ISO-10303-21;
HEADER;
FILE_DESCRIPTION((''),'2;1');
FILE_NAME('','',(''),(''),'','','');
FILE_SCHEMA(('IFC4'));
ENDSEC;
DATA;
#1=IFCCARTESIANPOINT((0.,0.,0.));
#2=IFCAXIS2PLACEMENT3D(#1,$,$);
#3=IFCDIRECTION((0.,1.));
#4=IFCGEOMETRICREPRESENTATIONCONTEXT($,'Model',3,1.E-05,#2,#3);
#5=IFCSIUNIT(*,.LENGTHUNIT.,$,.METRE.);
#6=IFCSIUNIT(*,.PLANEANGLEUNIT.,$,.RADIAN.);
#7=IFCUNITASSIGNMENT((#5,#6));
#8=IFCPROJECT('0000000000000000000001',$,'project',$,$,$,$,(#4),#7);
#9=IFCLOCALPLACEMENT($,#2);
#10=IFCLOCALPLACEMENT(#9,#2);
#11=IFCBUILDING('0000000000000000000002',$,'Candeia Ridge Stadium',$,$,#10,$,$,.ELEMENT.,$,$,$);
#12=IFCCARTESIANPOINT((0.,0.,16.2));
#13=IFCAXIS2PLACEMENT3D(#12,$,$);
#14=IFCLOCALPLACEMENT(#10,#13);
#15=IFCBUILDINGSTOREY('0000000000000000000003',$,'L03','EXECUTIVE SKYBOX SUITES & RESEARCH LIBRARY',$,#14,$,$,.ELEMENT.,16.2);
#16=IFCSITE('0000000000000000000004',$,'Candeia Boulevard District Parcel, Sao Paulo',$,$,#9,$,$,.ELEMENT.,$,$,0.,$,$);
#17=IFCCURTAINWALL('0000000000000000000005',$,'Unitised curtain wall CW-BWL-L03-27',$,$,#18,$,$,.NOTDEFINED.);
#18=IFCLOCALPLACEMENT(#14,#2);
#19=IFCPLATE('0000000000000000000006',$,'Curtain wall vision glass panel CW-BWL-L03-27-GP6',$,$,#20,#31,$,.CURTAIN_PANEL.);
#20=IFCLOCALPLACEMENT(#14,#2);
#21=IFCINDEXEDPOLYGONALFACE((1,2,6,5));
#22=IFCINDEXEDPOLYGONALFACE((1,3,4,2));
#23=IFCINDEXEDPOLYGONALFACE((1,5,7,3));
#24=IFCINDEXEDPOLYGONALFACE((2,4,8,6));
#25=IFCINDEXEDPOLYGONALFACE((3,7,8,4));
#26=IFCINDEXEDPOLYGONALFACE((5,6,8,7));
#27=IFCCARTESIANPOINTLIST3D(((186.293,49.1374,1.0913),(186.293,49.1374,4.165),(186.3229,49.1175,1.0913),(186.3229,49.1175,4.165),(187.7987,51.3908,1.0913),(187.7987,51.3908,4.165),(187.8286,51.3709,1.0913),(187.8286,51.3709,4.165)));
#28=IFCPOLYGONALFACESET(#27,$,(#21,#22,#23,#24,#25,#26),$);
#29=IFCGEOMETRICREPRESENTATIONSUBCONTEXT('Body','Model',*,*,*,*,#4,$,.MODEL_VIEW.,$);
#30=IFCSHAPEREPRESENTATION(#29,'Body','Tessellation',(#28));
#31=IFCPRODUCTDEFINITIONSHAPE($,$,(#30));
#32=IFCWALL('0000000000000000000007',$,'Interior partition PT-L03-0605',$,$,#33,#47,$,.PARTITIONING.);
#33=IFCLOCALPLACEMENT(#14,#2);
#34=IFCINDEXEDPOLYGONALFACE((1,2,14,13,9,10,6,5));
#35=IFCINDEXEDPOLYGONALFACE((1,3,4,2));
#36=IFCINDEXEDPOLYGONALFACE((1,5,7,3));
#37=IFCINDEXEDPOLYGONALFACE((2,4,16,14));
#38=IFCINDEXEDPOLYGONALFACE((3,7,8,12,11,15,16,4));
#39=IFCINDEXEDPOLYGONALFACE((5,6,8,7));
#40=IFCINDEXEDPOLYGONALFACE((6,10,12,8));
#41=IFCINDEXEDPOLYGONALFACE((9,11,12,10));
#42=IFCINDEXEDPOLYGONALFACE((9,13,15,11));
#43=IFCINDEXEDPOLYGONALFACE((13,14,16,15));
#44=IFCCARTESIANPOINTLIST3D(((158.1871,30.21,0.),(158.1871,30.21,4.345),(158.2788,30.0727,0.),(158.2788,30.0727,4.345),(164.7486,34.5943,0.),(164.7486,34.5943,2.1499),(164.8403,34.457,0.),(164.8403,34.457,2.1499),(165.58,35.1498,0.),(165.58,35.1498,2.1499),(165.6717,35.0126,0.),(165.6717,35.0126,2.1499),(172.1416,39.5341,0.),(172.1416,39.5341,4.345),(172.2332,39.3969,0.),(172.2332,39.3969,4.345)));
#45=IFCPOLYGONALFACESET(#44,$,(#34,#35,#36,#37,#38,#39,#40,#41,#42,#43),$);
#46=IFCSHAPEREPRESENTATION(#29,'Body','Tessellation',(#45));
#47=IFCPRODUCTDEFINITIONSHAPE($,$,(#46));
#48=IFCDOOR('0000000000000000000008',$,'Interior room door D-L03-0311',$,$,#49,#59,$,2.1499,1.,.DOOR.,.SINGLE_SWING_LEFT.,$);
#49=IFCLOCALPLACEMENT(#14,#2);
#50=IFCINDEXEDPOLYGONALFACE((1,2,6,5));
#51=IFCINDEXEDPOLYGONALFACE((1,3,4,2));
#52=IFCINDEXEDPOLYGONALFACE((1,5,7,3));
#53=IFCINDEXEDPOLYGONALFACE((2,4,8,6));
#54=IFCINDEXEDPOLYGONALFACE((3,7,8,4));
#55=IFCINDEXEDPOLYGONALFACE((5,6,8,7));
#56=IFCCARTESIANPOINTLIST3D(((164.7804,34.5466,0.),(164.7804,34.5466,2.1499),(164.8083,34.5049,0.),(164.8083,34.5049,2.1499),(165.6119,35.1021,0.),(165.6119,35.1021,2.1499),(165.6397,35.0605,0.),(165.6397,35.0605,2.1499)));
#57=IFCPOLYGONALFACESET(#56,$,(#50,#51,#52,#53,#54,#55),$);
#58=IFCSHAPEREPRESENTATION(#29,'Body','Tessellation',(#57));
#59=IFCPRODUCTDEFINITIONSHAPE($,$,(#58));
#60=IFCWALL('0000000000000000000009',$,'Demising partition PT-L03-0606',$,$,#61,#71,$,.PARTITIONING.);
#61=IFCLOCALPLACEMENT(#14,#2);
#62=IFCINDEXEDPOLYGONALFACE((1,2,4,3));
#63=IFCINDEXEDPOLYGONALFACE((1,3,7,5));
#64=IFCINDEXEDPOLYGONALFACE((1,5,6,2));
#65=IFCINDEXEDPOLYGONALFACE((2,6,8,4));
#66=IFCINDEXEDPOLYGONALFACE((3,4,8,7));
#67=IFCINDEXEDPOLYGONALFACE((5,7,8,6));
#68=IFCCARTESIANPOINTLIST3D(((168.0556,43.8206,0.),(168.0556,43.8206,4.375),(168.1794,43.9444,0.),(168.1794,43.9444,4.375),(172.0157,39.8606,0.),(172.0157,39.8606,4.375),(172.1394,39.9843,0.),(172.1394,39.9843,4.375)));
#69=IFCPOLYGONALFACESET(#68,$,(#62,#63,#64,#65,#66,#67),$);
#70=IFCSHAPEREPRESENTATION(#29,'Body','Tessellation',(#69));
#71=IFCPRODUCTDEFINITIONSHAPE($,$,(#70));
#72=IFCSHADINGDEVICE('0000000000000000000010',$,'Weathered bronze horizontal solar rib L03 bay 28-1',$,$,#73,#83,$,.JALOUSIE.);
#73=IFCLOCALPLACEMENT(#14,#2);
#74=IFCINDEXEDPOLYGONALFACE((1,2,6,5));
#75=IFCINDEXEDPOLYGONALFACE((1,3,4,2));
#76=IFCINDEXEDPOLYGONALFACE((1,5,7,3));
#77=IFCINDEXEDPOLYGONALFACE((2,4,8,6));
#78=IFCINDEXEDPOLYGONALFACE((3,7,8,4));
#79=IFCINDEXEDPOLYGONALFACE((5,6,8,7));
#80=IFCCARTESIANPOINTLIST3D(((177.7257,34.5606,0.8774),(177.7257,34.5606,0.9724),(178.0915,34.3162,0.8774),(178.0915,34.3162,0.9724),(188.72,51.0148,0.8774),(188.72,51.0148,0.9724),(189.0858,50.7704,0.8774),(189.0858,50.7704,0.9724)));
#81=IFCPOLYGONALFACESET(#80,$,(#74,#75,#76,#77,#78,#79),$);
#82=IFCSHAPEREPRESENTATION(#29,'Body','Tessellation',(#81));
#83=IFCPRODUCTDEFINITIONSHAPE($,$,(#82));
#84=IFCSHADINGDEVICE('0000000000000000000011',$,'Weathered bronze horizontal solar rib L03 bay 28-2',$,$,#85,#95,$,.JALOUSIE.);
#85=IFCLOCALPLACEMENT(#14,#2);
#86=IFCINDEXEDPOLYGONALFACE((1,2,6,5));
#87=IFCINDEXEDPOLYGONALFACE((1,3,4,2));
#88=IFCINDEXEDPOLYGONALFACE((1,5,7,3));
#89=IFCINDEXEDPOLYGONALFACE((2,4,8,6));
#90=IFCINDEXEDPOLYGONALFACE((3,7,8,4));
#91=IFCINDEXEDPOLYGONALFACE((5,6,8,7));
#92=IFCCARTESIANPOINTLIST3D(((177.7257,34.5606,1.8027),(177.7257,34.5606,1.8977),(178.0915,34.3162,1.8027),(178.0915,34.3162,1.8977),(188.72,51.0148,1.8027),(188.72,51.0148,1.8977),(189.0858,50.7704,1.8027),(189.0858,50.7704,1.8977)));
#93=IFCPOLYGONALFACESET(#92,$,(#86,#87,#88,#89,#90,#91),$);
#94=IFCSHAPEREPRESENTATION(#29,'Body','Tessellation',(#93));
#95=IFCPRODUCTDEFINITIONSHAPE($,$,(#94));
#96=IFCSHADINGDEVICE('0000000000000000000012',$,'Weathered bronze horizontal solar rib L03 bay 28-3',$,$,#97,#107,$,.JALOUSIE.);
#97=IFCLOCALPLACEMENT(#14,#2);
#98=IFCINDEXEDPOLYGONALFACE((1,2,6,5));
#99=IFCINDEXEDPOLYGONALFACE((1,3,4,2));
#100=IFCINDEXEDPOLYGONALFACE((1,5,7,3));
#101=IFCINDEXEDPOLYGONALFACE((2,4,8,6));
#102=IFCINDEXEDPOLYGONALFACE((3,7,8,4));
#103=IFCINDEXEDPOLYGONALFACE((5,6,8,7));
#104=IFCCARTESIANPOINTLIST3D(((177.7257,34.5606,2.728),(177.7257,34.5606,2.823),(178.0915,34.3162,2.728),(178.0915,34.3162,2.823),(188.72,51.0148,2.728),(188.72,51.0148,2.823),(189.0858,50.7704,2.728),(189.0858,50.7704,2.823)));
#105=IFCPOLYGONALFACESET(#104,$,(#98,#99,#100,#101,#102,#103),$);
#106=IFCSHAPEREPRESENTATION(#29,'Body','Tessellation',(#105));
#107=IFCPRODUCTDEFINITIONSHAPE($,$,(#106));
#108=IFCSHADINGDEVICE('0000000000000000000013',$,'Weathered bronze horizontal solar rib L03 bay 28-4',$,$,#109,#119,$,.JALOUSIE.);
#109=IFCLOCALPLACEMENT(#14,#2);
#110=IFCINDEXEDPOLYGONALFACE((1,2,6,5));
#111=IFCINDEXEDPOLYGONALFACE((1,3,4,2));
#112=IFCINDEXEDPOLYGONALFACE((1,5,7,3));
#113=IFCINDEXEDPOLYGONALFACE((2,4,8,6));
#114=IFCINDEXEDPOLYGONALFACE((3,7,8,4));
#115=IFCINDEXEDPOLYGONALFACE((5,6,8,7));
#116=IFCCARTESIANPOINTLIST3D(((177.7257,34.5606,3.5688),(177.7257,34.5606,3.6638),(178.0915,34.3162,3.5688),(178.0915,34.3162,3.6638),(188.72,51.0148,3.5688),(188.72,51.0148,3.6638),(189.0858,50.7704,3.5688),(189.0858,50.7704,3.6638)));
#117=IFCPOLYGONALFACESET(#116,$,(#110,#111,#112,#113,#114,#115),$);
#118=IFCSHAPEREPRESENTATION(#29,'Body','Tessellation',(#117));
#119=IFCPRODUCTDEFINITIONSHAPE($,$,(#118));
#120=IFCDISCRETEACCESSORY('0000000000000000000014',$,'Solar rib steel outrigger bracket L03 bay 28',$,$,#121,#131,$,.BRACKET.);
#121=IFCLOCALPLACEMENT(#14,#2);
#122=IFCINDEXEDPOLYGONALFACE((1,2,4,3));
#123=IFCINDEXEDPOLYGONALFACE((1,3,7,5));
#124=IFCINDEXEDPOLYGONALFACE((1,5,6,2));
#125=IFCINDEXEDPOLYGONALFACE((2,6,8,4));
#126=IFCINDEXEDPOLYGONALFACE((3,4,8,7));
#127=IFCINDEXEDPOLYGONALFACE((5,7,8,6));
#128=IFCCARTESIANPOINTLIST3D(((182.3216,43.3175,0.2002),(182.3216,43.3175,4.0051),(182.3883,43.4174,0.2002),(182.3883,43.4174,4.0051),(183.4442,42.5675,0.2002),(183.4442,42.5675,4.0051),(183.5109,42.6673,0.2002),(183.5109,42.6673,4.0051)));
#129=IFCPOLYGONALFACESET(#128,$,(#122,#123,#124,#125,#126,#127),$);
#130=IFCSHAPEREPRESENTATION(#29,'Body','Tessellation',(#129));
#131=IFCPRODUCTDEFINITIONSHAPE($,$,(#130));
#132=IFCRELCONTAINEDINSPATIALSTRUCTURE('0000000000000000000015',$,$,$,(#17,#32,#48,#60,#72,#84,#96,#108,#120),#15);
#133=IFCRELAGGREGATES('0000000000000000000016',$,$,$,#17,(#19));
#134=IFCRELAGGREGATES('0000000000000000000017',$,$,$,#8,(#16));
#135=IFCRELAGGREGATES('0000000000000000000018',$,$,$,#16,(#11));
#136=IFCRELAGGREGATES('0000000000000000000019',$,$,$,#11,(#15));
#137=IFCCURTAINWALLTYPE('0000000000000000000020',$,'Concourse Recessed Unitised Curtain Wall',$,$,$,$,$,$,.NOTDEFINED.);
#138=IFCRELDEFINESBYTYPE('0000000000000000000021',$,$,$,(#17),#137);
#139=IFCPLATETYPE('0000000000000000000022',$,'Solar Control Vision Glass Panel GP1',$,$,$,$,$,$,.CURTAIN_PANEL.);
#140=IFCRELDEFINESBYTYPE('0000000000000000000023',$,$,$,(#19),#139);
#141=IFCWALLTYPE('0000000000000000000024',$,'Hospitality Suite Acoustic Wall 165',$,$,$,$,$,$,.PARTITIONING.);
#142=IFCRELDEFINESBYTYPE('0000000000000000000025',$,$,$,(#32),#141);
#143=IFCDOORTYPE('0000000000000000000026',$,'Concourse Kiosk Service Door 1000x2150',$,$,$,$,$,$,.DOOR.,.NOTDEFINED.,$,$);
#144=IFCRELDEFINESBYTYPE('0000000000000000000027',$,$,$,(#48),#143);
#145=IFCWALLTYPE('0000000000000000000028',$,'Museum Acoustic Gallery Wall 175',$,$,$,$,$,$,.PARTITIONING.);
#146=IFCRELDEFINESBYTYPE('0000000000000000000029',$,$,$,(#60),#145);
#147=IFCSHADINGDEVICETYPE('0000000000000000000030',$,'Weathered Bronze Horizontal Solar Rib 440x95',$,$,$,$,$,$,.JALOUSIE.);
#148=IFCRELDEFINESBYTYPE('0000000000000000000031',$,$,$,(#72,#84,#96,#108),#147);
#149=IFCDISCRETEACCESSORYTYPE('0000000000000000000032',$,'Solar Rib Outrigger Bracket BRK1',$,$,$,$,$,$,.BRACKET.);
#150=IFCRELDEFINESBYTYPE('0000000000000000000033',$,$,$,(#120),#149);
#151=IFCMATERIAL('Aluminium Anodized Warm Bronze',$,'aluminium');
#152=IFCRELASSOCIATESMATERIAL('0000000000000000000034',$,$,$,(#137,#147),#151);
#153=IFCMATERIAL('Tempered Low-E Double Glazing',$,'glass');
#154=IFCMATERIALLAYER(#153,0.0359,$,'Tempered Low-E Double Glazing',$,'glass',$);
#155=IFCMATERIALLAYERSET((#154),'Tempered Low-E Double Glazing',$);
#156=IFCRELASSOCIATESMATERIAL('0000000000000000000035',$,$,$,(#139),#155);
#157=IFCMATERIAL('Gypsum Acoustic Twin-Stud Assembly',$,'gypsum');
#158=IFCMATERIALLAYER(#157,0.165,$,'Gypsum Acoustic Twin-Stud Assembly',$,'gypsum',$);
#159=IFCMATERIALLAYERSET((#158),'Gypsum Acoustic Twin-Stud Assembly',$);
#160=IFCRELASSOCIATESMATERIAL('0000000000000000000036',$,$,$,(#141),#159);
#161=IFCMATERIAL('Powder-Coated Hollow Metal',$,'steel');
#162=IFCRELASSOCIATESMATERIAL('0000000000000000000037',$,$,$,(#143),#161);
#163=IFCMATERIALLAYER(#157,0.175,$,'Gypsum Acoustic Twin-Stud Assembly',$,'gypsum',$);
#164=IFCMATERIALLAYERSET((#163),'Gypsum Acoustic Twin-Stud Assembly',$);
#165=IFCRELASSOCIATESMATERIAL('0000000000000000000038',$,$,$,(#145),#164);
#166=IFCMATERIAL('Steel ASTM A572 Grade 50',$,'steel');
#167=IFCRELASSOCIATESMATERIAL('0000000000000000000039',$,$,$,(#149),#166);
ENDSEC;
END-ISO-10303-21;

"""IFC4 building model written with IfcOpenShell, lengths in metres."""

from ifc_helpers import new_model, si_unit, direction, frame, frame_2d, origin, origin_2d, place, context, subcontext, project, spatial, rectangle, extrude, material, layer, layer_set, type_object, element, fill, aggregate, save


model = new_model("IFC4")

# Units and contexts
model_context = context("Model", 3, precision=1e-05, world=origin(), true_north=direction((0.0, 1.0)))
body_context = subcontext(model_context, "Body", "Model", "MODEL_VIEW")
ifc_project = project(units=[si_unit("LENGTHUNIT", "METRE"), si_unit("PLANEANGLEUNIT", "RADIAN")], contexts=[model_context])

# Site, building, storey
site_placement = place(None, origin())
site = spatial("IfcSite", under=ifc_project, at=site_placement, Name="Candeia Boulevard District Parcel, Sao Paulo", CompositionType="ELEMENT", RefElevation=0.0)
building_placement = place(site_placement, origin())
building = spatial("IfcBuilding", under=site, at=building_placement, Name="Candeia Ridge Stadium", CompositionType="ELEMENT")
storey_placement = place(building_placement, frame((0.0, 0.0, 16.2)))
storey = spatial("IfcBuildingStorey", under=building, at=storey_placement, Name="L03", Description="EXECUTIVE SKYBOX SUITES & RESEARCH LIBRARY", CompositionType="ELEMENT", Elevation=16.2)

# Curtain wall
ifc_material_1 = material(Name="Aluminium Anodized Warm Bronze", Category="aluminium")
curtain_wall_type = type_object("IfcCurtainWallType", Name="Concourse Recessed Unitised Curtain Wall", PredefinedType="NOTDEFINED", material=ifc_material_1)
curtain_wall_placement = place(storey_placement, origin())
curtain_wall = element("IfcCurtainWall", 1, at=curtain_wall_placement, inside=storey, type_object=curtain_wall_type, Name="Unitised curtain wall CW-BWL-L03-27", PredefinedType="NOTDEFINED")

# Plate
ifc_material_2 = material(Name="Tempered Low-E Double Glazing", Category="glass")
ifc_layer_1 = layer(ifc_material_2, 0.0359, Name="Tempered Low-E Double Glazing", Category="glass")
ifc_layer_set_1 = layer_set([ifc_layer_1], Name="Tempered Low-E Double Glazing")
plate_type_1 = type_object("IfcPlateType", Name="Solar Control Vision Glass Panel GP1", PredefinedType="CURTAIN_PANEL", material=ifc_layer_set_1)
plate_1_placement = place(storey_placement, frame((187.0608, 50.2542, 1.0913), z_axis=(0.0, 0.0, 1.0), x_axis=(0.555571, 0.831469, 0.0)))
plate_1 = element("IfcPlate", 2, at=plate_1_placement, type_object=plate_type_1, Name="Curtain wall vision glass panel CW-BWL-L03-27-GP6", PredefinedType="CURTAIN_PANEL", context=body_context, shape_type="SweptSolid", body=[
    extrude(rectangle(XDim=2.7102, YDim=0.0359, at=origin_2d()), origin(), (0.0, 0.0, 1.0), 3.0737),
])
aggregate(curtain_wall, [plate_1])

# Wall, opening, door
ifc_material_3 = material(Name="Gypsum Acoustic Twin-Stud Assembly", Category="gypsum")
ifc_layer_2 = layer(ifc_material_3, 0.165, Name="Gypsum Acoustic Twin-Stud Assembly", Category="gypsum")
ifc_layer_set_2 = layer_set([ifc_layer_2], Name="Gypsum Acoustic Twin-Stud Assembly")
wall_type_1 = type_object("IfcWallType", Name="Hospitality Suite Acoustic Wall 165", PredefinedType="PARTITIONING", material=ifc_layer_set_2)
wall_1_placement = place(storey_placement, frame((172.1875, 39.4656, 0.0), z_axis=(0.0, 0.0, 1.0), x_axis=(-0.831468, -0.555573, 0.0)))
wall_1 = element("IfcWall", 3, at=wall_1_placement, inside=storey, type_object=wall_type_1, Name="Interior partition PT-L03-0605", PredefinedType="PARTITIONING", context=body_context, shape_type="SweptSolid", body=[
    extrude(rectangle(XDim=16.783, YDim=0.165, at=frame_2d((8.3916, 0.0))), origin(), (0.0, 0.0, 1.0), 4.345),
])
opening_placement = place(wall_1_placement, frame((7.8916, 0.0, 0.0)))
opening = element("IfcOpeningElement", 4, at=opening_placement, cuts=wall_1, PredefinedType="OPENING", context=body_context, shape_type="SweptSolid", body=[
    extrude(rectangle(XDim=1.0, YDim=2.1499, at=frame_2d((0.5, 1.075))), frame((0.0, 0.0925, 0.0), z_axis=(0.0, -1.0, 0.0), x_axis=(1.0, 0.0, 0.0)), (0.0, 0.0, 1.0), 0.1851),
])
ifc_material_4 = material(Name="Powder-Coated Hollow Metal", Category="steel")
door_type = type_object("IfcDoorType", Name="Concourse Kiosk Service Door 1000x2150", OperationType="NOTDEFINED", PredefinedType="DOOR", material=ifc_material_4)
door_placement = place(opening_placement, origin())
door = element("IfcDoor", 5, at=door_placement, inside=storey, type_object=door_type, Name="Interior room door D-L03-0311", OperationType="SINGLE_SWING_LEFT", OverallHeight=2.1499, OverallWidth=1.0, PredefinedType="DOOR", context=body_context, shape_type="SweptSolid", body=[
    extrude(rectangle(XDim=1.0, YDim=2.1499, at=frame_2d((0.5, 1.075))), frame((0.0, 0.0249, 0.0), z_axis=(0.0, -1.0, 0.0), x_axis=(1.0, 0.0, 0.0)), (0.0, 0.0, 1.0), 0.05),
])
fill(opening, door)

# Wall
ifc_layer_3 = layer(ifc_material_3, 0.175, Name="Gypsum Acoustic Twin-Stud Assembly", Category="gypsum")
ifc_layer_set_3 = layer_set([ifc_layer_3], Name="Gypsum Acoustic Twin-Stud Assembly")
wall_type_2 = type_object("IfcWallType", Name="Museum Acoustic Gallery Wall 175", PredefinedType="PARTITIONING", material=ifc_layer_set_3)
wall_2_placement = place(storey_placement, frame((168.1174, 43.8826, 0.0), z_axis=(0.0, 0.0, 1.0), x_axis=(0.707107, -0.707107, 0.0)))
element("IfcWall", 6, at=wall_2_placement, inside=storey, type_object=wall_type_2, Name="Demising partition PT-L03-0606", PredefinedType="PARTITIONING", context=body_context, shape_type="SweptSolid", body=[
    extrude(rectangle(XDim=5.6003, YDim=0.175, at=frame_2d((2.8003, 0.0))), origin(), (0.0, 0.0, 1.0), 4.375),
])

# Shading devices
shading_device_type = type_object("IfcShadingDeviceType", Name="Weathered Bronze Horizontal Solar Rib 440x95", PredefinedType="JALOUSIE", material=ifc_material_1)
for number, where, z_axis, x_axis, name in (
    (7, (183.4058, 42.6655, 0.8774), (0.0, 0.0, 1.0), (0.55557, 0.83147, 0.0), "Weathered bronze horizontal solar rib L03 bay 28-1"),
    (8, (183.4058, 42.6655, 1.8027), (0.0, 0.0, 1.0), (0.55557, 0.83147, 0.0), "Weathered bronze horizontal solar rib L03 bay 28-2"),
    (9, (183.4058, 42.6655, 2.728), (0.0, 0.0, 1.0), (0.55557, 0.83147, 0.0), "Weathered bronze horizontal solar rib L03 bay 28-3"),
    (10, (183.4058, 42.6655, 3.5688), (0.0, 0.0, 1.0), (0.55557, 0.83147, 0.0), "Weathered bronze horizontal solar rib L03 bay 28-4"),
):
    element("IfcShadingDevice", number, at=place(storey_placement, frame(where, z_axis=z_axis, x_axis=x_axis)), inside=storey, type_object=shading_device_type, Name=name, PredefinedType="JALOUSIE", context=body_context, shape_type="SweptSolid", body=[
        extrude(rectangle(XDim=19.7893, YDim=0.4399, at=origin_2d()), origin(), (0.0, 0.0, 1.0), 0.095),
    ])

# Discrete accessory
ifc_material_5 = material(Name="Steel ASTM A572 Grade 50", Category="steel")
discrete_accessory_type = type_object("IfcDiscreteAccessoryType", Name="Solar Rib Outrigger Bracket BRK1", PredefinedType="BRACKET", material=ifc_material_5)
discrete_accessory_placement = place(storey_placement, frame((182.9163, 42.9924, 0.2002), z_axis=(0.0, 0.0, 1.0), x_axis=(0.83147, -0.55557, 0.0)))
element("IfcDiscreteAccessory", 11, at=discrete_accessory_placement, inside=storey, type_object=discrete_accessory_type, Name="Solar rib steel outrigger bracket L03 bay 28", PredefinedType="BRACKET", context=body_context, shape_type="SweptSolid", body=[
    extrude(rectangle(XDim=1.3501, YDim=0.1201, at=origin_2d()), origin(), (0.0, 0.0, 1.0), 3.8049),
])

save(model, "model.ifc")
